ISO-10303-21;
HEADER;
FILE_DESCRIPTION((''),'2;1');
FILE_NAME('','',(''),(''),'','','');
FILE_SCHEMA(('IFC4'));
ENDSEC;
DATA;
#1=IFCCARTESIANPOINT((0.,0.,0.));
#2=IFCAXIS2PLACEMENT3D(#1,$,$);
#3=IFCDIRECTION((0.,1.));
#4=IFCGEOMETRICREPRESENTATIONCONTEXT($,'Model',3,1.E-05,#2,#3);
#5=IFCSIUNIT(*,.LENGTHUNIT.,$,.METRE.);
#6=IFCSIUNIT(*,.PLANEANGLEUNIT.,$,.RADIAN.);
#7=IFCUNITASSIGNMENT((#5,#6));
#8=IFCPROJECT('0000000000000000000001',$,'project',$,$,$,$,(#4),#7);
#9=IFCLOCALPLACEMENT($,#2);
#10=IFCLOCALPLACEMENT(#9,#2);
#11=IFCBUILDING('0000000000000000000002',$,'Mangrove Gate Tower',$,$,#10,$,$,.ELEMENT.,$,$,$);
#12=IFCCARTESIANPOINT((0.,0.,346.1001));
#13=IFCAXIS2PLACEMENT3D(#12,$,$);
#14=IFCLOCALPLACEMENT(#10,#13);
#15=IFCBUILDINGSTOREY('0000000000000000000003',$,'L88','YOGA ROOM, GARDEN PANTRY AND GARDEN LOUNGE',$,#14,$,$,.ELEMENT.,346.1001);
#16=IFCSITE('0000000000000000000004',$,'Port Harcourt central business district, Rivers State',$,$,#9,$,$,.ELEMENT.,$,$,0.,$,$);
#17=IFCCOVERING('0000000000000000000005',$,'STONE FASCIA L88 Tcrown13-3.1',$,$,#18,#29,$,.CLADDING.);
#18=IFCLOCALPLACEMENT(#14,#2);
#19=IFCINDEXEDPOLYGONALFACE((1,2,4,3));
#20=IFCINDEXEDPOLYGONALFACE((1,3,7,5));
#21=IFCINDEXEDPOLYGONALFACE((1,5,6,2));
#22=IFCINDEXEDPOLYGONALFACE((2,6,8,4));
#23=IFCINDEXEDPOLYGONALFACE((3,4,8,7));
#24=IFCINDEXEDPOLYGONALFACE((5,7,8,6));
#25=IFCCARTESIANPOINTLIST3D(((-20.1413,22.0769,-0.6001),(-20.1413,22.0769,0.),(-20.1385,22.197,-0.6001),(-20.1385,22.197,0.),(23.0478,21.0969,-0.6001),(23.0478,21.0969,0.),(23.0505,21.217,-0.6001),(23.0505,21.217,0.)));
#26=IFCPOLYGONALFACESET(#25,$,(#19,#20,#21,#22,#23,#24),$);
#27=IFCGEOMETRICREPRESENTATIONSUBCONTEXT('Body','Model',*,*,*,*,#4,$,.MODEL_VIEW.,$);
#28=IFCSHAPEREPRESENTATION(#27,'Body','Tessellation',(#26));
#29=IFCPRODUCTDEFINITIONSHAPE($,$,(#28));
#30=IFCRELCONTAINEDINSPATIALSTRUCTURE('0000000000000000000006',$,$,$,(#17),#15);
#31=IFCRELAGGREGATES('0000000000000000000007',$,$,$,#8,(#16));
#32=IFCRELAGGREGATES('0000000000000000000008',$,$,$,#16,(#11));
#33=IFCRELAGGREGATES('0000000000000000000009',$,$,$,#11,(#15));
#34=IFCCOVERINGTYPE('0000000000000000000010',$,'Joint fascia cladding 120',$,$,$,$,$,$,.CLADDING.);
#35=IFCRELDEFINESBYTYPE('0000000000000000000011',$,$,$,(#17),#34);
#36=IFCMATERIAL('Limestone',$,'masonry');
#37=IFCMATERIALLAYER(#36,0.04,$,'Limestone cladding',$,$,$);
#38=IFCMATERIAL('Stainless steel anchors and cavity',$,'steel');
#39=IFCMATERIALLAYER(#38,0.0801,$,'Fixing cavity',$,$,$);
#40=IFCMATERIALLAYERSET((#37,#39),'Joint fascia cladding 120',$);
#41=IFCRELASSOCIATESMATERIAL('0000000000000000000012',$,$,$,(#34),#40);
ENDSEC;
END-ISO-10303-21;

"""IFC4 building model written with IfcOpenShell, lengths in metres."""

from ifc_helpers import new_model, si_unit, direction, frame, frame_2d, origin, place, context, subcontext, project, spatial, rectangle, extrude, material, layer, layer_set, type_object, element, save


model = new_model("IFC4")

# Units and contexts
model_context = context("Model", 3, precision=1e-05, world=origin(), true_north=direction((0.0, 1.0)))
body_context = subcontext(model_context, "Body", "Model", "MODEL_VIEW")
ifc_project = project(units=[si_unit("LENGTHUNIT", "METRE"), si_unit("PLANEANGLEUNIT", "RADIAN")], contexts=[model_context])

# Site, building, storey
site_placement = place(None, origin())
site = spatial("IfcSite", under=ifc_project, at=site_placement, Name="Port Harcourt central business district, Rivers State", CompositionType="ELEMENT", RefElevation=0.0)
building_placement = place(site_placement, origin())
building = spatial("IfcBuilding", under=site, at=building_placement, Name="Mangrove Gate Tower", CompositionType="ELEMENT")
storey_placement = place(building_placement, frame((0.0, 0.0, 346.1001)))
storey = spatial("IfcBuildingStorey", under=building, at=storey_placement, Name="L88", Description="YOGA ROOM, GARDEN PANTRY AND GARDEN LOUNGE", CompositionType="ELEMENT", Elevation=346.1001)

# Shared definitions
ifc_material_1 = material(Name="Limestone", Category="masonry")

# Covering
ifc_layer_1 = layer(ifc_material_1, 0.04, Name="Limestone cladding")
ifc_material_2 = material(Name="Stainless steel anchors and cavity", Category="steel")
ifc_layer_2 = layer(ifc_material_2, 0.0801, Name="Fixing cavity")
ifc_layer_set_1 = layer_set([ifc_layer_1, ifc_layer_2], Name="Joint fascia cladding 120")
covering_type = type_object("IfcCoveringType", Name="Joint fascia cladding 120", PredefinedType="CLADDING", material=ifc_layer_set_1)
covering_placement = place(storey_placement, frame((-20.1399, 22.137, -0.6001), z_axis=(0.0, 0.0, 1.0), x_axis=(0.999743, -0.022685, 0.0)))
element("IfcCovering", 1, at=covering_placement, inside=storey, type_object=covering_type, Name="STONE FASCIA L88 Tcrown13-3.1", PredefinedType="CLADDING", context=body_context, shape_type="SweptSolid", body=[
    extrude(rectangle(XDim=43.2002, YDim=0.1201, at=frame_2d((21.6001, 0.0))), origin(), (0.0, 0.0, 1.0), 0.6001),
])

save(model, "model.ifc")
